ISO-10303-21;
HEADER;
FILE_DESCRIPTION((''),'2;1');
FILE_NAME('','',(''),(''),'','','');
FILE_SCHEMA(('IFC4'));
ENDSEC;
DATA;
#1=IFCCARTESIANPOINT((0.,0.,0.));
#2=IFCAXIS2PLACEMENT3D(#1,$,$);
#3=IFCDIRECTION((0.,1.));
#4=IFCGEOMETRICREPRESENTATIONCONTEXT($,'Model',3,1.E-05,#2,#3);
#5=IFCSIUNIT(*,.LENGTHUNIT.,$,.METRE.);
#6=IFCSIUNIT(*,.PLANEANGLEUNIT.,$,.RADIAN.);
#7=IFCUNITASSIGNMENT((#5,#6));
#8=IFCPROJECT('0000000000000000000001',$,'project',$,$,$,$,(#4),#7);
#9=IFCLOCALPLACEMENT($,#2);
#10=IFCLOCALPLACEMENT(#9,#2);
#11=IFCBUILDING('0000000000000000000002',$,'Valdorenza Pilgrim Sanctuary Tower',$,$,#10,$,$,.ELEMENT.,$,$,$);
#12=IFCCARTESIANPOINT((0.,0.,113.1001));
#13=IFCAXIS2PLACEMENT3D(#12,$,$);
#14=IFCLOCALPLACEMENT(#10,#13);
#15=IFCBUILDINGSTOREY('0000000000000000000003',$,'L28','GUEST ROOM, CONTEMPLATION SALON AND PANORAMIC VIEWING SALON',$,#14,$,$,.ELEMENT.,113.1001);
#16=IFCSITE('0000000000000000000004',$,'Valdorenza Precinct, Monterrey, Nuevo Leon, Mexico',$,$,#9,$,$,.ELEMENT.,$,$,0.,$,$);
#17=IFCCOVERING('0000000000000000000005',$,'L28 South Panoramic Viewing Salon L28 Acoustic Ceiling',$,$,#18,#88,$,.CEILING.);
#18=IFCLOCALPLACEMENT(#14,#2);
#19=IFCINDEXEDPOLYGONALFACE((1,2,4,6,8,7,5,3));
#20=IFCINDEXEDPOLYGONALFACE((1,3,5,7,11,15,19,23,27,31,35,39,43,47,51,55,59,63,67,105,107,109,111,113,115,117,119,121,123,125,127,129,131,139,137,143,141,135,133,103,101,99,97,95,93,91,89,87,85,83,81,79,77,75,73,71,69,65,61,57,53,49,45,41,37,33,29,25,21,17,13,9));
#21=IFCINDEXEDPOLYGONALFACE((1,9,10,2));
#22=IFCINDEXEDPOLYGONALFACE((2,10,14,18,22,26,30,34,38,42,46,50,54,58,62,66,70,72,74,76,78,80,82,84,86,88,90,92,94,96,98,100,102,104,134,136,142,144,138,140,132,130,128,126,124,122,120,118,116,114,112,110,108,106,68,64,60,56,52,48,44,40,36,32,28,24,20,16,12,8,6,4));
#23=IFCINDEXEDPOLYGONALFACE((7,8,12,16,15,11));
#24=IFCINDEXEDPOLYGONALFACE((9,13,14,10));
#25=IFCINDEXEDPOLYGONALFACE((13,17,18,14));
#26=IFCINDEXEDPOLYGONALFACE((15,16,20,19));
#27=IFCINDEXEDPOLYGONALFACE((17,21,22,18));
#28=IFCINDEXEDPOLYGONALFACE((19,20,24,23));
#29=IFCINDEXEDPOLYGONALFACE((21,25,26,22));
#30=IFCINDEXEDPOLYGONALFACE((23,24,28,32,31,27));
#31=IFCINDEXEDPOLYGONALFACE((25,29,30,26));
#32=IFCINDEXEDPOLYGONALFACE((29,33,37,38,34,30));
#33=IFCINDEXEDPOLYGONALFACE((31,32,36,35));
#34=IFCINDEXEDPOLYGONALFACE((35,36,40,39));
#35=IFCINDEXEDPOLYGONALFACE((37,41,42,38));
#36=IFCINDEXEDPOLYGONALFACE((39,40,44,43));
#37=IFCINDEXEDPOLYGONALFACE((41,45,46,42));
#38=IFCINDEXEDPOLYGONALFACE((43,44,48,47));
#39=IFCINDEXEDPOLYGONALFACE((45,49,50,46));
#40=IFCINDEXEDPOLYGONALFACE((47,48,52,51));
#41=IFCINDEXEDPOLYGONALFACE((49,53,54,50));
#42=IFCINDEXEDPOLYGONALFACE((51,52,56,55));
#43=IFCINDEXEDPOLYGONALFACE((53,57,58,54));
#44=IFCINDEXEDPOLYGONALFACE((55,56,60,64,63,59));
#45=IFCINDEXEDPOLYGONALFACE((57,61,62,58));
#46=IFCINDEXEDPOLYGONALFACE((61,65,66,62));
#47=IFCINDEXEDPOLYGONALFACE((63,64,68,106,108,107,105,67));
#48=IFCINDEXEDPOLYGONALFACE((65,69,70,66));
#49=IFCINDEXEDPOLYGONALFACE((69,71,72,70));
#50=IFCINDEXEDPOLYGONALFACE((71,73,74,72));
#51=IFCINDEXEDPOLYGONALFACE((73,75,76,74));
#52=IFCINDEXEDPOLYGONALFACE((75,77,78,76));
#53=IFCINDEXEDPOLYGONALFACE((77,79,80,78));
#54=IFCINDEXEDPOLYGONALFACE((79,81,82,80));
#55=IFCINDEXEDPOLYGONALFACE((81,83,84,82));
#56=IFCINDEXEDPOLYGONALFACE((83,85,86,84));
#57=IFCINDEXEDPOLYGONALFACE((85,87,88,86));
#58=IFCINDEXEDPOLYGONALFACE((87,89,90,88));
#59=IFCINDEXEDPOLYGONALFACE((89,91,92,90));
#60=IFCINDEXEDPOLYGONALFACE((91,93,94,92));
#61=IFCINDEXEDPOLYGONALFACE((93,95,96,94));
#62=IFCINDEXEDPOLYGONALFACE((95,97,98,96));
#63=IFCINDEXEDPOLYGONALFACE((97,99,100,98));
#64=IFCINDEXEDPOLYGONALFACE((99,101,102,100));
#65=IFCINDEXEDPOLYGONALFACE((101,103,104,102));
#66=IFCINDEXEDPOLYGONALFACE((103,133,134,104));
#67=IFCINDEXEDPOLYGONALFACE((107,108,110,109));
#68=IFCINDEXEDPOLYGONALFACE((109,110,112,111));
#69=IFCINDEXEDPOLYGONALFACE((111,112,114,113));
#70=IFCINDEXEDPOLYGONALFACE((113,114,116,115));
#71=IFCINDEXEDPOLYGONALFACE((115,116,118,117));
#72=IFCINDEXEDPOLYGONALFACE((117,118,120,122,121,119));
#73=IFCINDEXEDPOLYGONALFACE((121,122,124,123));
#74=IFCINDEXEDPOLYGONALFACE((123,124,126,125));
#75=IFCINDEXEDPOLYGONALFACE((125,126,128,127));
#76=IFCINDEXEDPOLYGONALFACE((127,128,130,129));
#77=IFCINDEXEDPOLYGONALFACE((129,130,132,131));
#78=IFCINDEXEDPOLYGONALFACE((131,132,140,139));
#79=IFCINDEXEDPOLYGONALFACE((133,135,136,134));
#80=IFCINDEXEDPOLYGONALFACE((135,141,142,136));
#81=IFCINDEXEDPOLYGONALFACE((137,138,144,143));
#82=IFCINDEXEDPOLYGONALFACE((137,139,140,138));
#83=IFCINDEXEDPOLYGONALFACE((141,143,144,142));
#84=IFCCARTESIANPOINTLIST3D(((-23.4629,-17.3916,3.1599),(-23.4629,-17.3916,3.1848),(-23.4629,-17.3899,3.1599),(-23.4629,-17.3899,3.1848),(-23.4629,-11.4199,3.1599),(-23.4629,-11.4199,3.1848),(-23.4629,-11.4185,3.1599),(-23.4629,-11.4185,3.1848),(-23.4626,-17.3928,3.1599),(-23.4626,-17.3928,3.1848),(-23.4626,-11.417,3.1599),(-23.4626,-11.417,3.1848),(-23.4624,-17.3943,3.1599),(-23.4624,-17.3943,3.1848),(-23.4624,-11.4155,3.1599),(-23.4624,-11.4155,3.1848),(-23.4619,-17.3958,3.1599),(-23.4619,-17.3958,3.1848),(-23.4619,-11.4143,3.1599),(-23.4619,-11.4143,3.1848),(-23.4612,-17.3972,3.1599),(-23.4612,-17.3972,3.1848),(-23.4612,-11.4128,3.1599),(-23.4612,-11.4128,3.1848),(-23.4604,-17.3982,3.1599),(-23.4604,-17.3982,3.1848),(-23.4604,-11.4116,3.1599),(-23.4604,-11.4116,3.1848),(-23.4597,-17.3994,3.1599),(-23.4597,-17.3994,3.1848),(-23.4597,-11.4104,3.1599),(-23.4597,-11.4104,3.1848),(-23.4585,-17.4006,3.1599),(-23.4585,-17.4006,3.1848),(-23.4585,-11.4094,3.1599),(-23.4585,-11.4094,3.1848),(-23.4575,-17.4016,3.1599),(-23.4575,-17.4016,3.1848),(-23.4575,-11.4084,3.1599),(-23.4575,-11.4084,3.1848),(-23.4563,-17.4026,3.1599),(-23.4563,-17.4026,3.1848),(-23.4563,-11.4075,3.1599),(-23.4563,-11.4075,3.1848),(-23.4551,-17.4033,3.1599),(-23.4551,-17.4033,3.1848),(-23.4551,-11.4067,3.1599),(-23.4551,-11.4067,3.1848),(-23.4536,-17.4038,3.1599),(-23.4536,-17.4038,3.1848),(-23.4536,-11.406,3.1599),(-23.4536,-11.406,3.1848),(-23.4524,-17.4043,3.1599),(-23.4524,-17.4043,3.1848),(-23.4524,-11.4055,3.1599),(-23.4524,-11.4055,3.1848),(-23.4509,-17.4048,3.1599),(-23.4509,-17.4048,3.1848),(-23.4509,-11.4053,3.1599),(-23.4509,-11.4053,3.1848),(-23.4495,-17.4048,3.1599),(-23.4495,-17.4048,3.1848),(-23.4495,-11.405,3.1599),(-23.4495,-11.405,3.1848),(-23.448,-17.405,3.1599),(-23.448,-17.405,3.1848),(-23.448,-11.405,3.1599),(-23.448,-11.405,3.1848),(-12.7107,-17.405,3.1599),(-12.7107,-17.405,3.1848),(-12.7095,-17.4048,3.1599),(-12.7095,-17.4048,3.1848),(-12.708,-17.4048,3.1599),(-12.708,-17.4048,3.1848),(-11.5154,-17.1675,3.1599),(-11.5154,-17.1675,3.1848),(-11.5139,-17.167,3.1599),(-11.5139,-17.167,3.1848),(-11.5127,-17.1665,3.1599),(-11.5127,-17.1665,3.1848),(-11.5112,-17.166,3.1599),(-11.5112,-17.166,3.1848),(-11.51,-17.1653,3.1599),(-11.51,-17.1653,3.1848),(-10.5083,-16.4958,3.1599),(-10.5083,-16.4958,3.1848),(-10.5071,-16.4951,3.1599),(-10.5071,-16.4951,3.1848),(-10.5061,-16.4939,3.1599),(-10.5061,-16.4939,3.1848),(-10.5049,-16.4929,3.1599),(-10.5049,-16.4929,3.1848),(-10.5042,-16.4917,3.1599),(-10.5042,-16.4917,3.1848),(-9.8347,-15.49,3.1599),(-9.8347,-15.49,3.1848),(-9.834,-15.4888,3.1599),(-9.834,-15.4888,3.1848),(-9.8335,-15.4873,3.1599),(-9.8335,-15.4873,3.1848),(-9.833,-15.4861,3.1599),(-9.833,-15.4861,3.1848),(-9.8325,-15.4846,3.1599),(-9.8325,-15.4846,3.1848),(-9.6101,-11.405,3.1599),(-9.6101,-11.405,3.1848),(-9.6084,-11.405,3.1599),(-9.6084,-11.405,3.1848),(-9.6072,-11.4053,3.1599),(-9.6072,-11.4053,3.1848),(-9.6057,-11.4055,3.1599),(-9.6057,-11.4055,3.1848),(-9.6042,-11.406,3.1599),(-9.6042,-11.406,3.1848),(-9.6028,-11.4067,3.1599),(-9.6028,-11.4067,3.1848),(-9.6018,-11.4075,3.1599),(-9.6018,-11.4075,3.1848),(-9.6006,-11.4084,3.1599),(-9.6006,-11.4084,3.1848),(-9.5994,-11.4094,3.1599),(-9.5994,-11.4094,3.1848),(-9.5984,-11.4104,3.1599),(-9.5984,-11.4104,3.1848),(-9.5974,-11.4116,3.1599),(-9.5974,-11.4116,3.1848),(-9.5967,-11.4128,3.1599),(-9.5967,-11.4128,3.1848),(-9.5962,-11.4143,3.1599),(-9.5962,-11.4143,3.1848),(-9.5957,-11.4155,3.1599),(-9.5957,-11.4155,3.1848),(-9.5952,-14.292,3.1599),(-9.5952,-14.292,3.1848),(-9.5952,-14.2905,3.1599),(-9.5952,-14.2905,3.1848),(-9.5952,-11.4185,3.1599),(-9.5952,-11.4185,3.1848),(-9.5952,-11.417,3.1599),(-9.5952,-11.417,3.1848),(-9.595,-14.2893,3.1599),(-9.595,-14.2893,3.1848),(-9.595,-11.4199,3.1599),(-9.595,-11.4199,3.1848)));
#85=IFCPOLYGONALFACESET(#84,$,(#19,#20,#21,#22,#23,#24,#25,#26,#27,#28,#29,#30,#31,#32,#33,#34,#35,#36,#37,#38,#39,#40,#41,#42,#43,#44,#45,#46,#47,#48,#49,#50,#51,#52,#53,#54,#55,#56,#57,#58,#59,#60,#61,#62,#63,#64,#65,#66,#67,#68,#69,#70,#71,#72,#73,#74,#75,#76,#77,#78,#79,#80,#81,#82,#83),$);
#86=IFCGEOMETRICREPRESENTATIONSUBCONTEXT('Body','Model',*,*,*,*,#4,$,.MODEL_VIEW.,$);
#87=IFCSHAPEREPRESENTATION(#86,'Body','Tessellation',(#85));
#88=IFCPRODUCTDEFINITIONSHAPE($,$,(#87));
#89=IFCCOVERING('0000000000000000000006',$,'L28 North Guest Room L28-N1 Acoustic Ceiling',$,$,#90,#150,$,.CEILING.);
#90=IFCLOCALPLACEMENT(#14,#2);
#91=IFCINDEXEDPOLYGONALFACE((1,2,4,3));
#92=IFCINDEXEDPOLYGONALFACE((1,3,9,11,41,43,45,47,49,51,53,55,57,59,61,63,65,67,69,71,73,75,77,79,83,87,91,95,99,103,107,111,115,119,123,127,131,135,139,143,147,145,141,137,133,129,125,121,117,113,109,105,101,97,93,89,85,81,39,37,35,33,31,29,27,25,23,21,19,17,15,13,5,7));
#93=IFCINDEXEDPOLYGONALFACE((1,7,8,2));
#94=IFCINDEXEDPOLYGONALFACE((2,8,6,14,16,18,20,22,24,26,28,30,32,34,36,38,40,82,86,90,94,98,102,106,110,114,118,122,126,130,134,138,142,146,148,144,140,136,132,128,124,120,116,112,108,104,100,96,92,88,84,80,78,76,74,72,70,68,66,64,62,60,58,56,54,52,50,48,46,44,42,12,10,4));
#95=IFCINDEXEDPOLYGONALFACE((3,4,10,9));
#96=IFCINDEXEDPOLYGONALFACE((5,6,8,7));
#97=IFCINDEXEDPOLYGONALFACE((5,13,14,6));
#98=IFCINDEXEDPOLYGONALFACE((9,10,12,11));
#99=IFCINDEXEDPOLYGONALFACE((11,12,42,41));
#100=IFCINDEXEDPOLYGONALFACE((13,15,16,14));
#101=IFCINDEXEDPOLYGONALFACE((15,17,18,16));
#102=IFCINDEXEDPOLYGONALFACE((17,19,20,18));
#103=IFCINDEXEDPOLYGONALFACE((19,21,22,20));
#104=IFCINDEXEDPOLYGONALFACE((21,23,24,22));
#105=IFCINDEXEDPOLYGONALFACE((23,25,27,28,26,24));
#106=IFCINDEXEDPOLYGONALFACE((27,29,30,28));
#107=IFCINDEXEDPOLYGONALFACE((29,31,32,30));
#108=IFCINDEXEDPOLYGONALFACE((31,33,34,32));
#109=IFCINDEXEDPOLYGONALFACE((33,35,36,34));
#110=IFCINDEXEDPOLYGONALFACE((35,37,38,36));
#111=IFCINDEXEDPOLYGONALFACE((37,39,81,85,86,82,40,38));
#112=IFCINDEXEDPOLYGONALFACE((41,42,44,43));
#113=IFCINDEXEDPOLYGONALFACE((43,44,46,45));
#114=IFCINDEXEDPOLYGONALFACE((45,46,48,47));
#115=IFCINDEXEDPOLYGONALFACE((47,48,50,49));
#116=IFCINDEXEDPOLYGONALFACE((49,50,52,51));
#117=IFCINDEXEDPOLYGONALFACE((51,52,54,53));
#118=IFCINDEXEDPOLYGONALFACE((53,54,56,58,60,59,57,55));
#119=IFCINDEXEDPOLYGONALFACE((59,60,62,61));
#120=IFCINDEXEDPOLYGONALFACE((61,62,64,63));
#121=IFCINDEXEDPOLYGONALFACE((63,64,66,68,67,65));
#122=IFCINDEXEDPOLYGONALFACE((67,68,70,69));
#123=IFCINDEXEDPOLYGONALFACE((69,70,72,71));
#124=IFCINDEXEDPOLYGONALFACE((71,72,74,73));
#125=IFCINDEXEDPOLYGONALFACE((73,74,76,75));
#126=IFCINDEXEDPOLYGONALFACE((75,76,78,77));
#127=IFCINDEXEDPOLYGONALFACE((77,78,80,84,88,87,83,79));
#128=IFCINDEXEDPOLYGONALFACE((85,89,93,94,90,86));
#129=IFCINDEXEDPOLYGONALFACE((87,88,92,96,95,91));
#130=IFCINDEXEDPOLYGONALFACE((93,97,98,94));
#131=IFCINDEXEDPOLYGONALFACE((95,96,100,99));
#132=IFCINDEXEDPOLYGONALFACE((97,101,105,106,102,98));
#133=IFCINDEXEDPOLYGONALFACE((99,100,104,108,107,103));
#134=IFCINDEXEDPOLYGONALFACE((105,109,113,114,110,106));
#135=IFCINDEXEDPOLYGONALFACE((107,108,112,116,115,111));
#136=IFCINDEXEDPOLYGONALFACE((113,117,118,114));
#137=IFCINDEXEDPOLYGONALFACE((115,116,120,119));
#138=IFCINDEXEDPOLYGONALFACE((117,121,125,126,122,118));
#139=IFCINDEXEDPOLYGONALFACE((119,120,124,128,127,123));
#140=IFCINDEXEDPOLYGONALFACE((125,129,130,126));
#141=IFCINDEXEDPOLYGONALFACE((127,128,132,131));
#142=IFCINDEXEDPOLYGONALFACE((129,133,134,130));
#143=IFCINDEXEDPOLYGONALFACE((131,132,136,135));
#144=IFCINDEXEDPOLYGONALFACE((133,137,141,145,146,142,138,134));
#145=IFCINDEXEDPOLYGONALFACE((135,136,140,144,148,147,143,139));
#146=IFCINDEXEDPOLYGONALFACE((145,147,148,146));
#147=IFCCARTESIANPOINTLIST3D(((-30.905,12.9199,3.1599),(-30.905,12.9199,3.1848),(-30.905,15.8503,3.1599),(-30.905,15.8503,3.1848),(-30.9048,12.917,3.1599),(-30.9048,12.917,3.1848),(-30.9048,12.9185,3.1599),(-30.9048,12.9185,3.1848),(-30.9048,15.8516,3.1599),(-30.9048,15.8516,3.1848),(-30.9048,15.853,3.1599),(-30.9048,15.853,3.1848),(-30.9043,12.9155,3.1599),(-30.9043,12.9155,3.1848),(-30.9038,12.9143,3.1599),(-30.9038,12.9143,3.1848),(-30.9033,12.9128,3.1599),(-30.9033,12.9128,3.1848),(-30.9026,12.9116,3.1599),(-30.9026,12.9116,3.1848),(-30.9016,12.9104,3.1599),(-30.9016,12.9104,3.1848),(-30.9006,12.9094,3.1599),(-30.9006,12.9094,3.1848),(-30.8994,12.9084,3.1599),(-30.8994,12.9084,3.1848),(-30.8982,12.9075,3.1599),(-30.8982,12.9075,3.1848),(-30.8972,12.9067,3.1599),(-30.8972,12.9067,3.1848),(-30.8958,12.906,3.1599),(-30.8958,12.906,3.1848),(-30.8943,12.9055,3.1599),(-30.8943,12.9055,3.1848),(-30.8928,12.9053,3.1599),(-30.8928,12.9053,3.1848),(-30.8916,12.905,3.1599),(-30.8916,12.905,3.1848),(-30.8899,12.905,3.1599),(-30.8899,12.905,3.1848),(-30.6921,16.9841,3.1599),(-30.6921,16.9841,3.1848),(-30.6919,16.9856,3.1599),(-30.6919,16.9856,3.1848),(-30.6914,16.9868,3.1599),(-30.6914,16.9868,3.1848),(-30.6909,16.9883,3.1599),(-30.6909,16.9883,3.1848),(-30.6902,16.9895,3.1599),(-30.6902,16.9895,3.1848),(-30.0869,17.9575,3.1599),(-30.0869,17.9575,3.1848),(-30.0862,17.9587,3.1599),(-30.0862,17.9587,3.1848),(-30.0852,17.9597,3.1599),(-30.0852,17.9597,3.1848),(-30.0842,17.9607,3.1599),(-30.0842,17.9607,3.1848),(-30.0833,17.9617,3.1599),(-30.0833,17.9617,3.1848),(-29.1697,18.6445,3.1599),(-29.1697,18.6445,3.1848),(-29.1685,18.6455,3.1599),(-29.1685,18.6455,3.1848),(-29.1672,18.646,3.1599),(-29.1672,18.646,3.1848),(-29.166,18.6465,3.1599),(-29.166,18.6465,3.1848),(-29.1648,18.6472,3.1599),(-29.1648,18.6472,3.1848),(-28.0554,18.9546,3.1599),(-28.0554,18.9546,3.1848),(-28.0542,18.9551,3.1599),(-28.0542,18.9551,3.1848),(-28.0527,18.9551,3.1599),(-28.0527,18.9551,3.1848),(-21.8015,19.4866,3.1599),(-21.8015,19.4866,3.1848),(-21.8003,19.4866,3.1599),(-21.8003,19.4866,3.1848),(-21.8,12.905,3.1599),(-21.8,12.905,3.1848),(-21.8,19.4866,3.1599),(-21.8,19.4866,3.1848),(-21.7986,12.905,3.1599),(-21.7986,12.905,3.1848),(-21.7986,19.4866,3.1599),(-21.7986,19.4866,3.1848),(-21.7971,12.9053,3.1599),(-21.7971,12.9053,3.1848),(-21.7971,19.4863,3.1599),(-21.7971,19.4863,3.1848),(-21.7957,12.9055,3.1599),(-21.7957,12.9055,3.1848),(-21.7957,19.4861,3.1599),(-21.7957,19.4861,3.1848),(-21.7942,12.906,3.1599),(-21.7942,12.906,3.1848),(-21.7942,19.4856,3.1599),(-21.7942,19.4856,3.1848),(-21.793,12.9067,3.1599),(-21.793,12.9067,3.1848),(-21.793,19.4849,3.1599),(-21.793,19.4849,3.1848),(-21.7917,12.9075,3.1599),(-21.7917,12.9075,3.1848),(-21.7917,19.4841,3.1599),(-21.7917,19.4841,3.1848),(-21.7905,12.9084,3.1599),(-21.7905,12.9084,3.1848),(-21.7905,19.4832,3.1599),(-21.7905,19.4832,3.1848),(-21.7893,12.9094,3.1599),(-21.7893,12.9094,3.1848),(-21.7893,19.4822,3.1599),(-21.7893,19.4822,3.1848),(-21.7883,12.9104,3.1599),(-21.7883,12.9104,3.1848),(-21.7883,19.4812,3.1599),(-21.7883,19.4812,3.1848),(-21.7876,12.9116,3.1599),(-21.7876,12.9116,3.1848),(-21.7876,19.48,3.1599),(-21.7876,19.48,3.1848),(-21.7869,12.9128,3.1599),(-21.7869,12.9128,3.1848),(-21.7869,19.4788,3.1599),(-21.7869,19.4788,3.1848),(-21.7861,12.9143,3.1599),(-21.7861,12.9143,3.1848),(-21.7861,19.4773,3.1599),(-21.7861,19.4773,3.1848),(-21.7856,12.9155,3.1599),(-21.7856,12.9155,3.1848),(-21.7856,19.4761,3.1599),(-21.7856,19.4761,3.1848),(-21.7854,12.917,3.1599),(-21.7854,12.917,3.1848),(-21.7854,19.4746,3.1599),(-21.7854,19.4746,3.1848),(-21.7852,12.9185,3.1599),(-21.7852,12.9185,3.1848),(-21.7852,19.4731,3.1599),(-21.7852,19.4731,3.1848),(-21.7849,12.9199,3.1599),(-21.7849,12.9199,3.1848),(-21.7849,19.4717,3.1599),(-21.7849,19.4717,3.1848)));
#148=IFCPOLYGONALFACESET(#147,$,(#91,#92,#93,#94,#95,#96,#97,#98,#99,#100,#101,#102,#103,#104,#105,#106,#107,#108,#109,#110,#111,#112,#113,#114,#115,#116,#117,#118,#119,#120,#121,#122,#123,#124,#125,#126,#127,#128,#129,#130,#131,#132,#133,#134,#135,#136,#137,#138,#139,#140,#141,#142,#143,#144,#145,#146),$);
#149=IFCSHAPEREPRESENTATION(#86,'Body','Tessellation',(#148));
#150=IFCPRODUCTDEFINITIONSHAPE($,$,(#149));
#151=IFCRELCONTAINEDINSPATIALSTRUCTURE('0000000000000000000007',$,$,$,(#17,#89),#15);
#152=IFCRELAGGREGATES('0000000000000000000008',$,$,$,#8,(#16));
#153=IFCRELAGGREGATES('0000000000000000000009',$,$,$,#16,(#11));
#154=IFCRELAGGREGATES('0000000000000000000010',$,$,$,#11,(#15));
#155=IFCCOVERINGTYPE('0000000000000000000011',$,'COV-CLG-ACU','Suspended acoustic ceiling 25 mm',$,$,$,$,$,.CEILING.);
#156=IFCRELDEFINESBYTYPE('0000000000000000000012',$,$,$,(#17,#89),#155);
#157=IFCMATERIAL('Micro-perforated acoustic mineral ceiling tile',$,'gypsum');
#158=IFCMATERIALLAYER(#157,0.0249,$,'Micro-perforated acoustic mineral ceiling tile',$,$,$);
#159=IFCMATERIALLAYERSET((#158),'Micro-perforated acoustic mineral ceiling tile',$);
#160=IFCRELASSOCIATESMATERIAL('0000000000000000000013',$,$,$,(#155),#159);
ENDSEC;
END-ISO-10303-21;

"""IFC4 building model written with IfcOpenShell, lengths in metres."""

from ifc_helpers import new_model, si_unit, direction, frame, origin, place, context, subcontext, project, spatial, polyline, outline, extrude, material, layer, layer_set, type_object, element, save


model = new_model("IFC4")

# Units and contexts
model_context = context("Model", 3, precision=1e-05, world=origin(), true_north=direction((0.0, 1.0)))
body_context = subcontext(model_context, "Body", "Model", "MODEL_VIEW")
ifc_project = project(units=[si_unit("LENGTHUNIT", "METRE"), si_unit("PLANEANGLEUNIT", "RADIAN")], contexts=[model_context])

# Site, building, storey
site_placement = place(None, origin())
site = spatial("IfcSite", under=ifc_project, at=site_placement, Name="Valdorenza Precinct, Monterrey, Nuevo Leon, Mexico", CompositionType="ELEMENT", RefElevation=0.0)
building_placement = place(site_placement, origin())
building = spatial("IfcBuilding", under=site, at=building_placement, Name="Valdorenza Pilgrim Sanctuary Tower", CompositionType="ELEMENT")
storey_placement = place(building_placement, frame((0.0, 0.0, 113.1001)))
storey = spatial("IfcBuildingStorey", under=building, at=storey_placement, Name="L28", Description="GUEST ROOM, CONTEMPLATION SALON AND PANORAMIC VIEWING SALON", CompositionType="ELEMENT", Elevation=113.1001)

# Coverings
ifc_material_1 = material(Name="Micro-perforated acoustic mineral ceiling tile", Category="gypsum")
ifc_layer_1 = layer(ifc_material_1, 0.0249, Name="Micro-perforated acoustic mineral ceiling tile")
ifc_layer_set_1 = layer_set([ifc_layer_1], Name="Micro-perforated acoustic mineral ceiling tile")
covering_type_1 = type_object("IfcCoveringType", Name="COV-CLG-ACU", Description="Suspended acoustic ceiling 25 mm", PredefinedType="CEILING", material=ifc_layer_set_1)
covering_1_placement = place(storey_placement, frame((0.0, 0.0, 3.1599)))
element("IfcCovering", 1, at=covering_1_placement, inside=storey, type_object=covering_type_1, Name="L28 South Panoramic Viewing Salon L28 Acoustic Ceiling", PredefinedType="CEILING", context=body_context, shape_type="SweptSolid", body=[
    extrude(outline(polyline([(-9.6101, -11.405), (-9.6084, -11.405), (-9.6072, -11.4053), (-9.6057, -11.4055), (-9.6042, -11.406), (-9.6028, -11.4067), (-9.6018, -11.4075), (-9.6006, -11.4084), (-9.5994, -11.4094), (-9.5984, -11.4104), (-9.5974, -11.4116), (-9.5967, -11.4128), (-9.5962, -11.4143), (-9.5957, -11.4155), (-9.5952, -11.417), (-9.5952, -11.4185), (-9.595, -11.4199), (-9.595, -14.2893), (-9.5952, -14.2905), (-9.5952, -14.292), (-9.8325, -15.4846), (-9.833, -15.4861), (-9.8335, -15.4873), (-9.834, -15.4888), (-9.8347, -15.49), (-10.5042, -16.4917), (-10.5049, -16.4929), (-10.5061, -16.4939), (-10.5071, -16.4951), (-10.5083, -16.4958), (-11.51, -17.1653), (-11.5112, -17.166), (-11.5127, -17.1665), (-11.5139, -17.167), (-11.5154, -17.1675), (-12.708, -17.4048), (-12.7095, -17.4048), (-12.7107, -17.405), (-23.448, -17.405), (-23.4495, -17.4048), (-23.4509, -17.4048), (-23.4524, -17.4043), (-23.4536, -17.4038), (-23.4551, -17.4033), (-23.4563, -17.4026), (-23.4575, -17.4016), (-23.4585, -17.4006), (-23.4597, -17.3994), (-23.4604, -17.3982), (-23.4612, -17.3972), (-23.4619, -17.3958), (-23.4624, -17.3943), (-23.4626, -17.3928), (-23.4629, -17.3916), (-23.4629, -17.3899), (-23.4629, -11.4199), (-23.4629, -11.4185), (-23.4626, -11.417), (-23.4624, -11.4155), (-23.4619, -11.4143), (-23.4612, -11.4128), (-23.4604, -11.4116), (-23.4597, -11.4104), (-23.4585, -11.4094), (-23.4575, -11.4084), (-23.4563, -11.4075), (-23.4551, -11.4067), (-23.4536, -11.406), (-23.4524, -11.4055), (-23.4509, -11.4053), (-23.4495, -11.405), (-23.448, -11.405), (-9.6101, -11.405)])), origin(), (0.0, 0.0, 1.0), 0.0249),
])
covering_2_placement = place(storey_placement, frame((0.0, 0.0, 3.1599)))
element("IfcCovering", 2, at=covering_2_placement, inside=storey, type_object=covering_type_1, Name="L28 North Guest Room L28-N1 Acoustic Ceiling", PredefinedType="CEILING", context=body_context, shape_type="SweptSolid", body=[
    extrude(outline(polyline([(-30.6921, 16.9841), (-30.6919, 16.9856), (-30.6914, 16.9868), (-30.6909, 16.9883), (-30.6902, 16.9895), (-30.0869, 17.9575), (-30.0862, 17.9587), (-30.0852, 17.9597), (-30.0842, 17.9607), (-30.0833, 17.9617), (-29.1697, 18.6445), (-29.1685, 18.6455), (-29.1672, 18.646), (-29.166, 18.6465), (-29.1648, 18.6472), (-28.0554, 18.9546), (-28.0542, 18.9551), (-28.0527, 18.9551), (-21.8015, 19.4866), (-21.8003, 19.4866), (-21.8, 19.4866), (-21.7986, 19.4866), (-21.7971, 19.4863), (-21.7957, 19.4861), (-21.7942, 19.4856), (-21.793, 19.4849), (-21.7917, 19.4841), (-21.7905, 19.4832), (-21.7893, 19.4822), (-21.7883, 19.4812), (-21.7876, 19.48), (-21.7869, 19.4788), (-21.7861, 19.4773), (-21.7856, 19.4761), (-21.7854, 19.4746), (-21.7852, 19.4731), (-21.7849, 19.4717), (-21.7849, 12.9199), (-21.7852, 12.9185), (-21.7854, 12.917), (-21.7856, 12.9155), (-21.7861, 12.9143), (-21.7869, 12.9128), (-21.7876, 12.9116), (-21.7883, 12.9104), (-21.7893, 12.9094), (-21.7905, 12.9084), (-21.7917, 12.9075), (-21.793, 12.9067), (-21.7942, 12.906), (-21.7957, 12.9055), (-21.7971, 12.9053), (-21.7986, 12.905), (-21.8, 12.905), (-30.8899, 12.905), (-30.8916, 12.905), (-30.8928, 12.9053), (-30.8943, 12.9055), (-30.8958, 12.906), (-30.8972, 12.9067), (-30.8982, 12.9075), (-30.8994, 12.9084), (-30.9006, 12.9094), (-30.9016, 12.9104), (-30.9026, 12.9116), (-30.9033, 12.9128), (-30.9038, 12.9143), (-30.9043, 12.9155), (-30.9048, 12.917), (-30.9048, 12.9185), (-30.905, 12.9199), (-30.905, 15.8503), (-30.9048, 15.8516), (-30.9048, 15.853), (-30.6921, 16.9841)])), origin(), (0.0, 0.0, 1.0), 0.0249),
])

save(model, "model.ifc")
